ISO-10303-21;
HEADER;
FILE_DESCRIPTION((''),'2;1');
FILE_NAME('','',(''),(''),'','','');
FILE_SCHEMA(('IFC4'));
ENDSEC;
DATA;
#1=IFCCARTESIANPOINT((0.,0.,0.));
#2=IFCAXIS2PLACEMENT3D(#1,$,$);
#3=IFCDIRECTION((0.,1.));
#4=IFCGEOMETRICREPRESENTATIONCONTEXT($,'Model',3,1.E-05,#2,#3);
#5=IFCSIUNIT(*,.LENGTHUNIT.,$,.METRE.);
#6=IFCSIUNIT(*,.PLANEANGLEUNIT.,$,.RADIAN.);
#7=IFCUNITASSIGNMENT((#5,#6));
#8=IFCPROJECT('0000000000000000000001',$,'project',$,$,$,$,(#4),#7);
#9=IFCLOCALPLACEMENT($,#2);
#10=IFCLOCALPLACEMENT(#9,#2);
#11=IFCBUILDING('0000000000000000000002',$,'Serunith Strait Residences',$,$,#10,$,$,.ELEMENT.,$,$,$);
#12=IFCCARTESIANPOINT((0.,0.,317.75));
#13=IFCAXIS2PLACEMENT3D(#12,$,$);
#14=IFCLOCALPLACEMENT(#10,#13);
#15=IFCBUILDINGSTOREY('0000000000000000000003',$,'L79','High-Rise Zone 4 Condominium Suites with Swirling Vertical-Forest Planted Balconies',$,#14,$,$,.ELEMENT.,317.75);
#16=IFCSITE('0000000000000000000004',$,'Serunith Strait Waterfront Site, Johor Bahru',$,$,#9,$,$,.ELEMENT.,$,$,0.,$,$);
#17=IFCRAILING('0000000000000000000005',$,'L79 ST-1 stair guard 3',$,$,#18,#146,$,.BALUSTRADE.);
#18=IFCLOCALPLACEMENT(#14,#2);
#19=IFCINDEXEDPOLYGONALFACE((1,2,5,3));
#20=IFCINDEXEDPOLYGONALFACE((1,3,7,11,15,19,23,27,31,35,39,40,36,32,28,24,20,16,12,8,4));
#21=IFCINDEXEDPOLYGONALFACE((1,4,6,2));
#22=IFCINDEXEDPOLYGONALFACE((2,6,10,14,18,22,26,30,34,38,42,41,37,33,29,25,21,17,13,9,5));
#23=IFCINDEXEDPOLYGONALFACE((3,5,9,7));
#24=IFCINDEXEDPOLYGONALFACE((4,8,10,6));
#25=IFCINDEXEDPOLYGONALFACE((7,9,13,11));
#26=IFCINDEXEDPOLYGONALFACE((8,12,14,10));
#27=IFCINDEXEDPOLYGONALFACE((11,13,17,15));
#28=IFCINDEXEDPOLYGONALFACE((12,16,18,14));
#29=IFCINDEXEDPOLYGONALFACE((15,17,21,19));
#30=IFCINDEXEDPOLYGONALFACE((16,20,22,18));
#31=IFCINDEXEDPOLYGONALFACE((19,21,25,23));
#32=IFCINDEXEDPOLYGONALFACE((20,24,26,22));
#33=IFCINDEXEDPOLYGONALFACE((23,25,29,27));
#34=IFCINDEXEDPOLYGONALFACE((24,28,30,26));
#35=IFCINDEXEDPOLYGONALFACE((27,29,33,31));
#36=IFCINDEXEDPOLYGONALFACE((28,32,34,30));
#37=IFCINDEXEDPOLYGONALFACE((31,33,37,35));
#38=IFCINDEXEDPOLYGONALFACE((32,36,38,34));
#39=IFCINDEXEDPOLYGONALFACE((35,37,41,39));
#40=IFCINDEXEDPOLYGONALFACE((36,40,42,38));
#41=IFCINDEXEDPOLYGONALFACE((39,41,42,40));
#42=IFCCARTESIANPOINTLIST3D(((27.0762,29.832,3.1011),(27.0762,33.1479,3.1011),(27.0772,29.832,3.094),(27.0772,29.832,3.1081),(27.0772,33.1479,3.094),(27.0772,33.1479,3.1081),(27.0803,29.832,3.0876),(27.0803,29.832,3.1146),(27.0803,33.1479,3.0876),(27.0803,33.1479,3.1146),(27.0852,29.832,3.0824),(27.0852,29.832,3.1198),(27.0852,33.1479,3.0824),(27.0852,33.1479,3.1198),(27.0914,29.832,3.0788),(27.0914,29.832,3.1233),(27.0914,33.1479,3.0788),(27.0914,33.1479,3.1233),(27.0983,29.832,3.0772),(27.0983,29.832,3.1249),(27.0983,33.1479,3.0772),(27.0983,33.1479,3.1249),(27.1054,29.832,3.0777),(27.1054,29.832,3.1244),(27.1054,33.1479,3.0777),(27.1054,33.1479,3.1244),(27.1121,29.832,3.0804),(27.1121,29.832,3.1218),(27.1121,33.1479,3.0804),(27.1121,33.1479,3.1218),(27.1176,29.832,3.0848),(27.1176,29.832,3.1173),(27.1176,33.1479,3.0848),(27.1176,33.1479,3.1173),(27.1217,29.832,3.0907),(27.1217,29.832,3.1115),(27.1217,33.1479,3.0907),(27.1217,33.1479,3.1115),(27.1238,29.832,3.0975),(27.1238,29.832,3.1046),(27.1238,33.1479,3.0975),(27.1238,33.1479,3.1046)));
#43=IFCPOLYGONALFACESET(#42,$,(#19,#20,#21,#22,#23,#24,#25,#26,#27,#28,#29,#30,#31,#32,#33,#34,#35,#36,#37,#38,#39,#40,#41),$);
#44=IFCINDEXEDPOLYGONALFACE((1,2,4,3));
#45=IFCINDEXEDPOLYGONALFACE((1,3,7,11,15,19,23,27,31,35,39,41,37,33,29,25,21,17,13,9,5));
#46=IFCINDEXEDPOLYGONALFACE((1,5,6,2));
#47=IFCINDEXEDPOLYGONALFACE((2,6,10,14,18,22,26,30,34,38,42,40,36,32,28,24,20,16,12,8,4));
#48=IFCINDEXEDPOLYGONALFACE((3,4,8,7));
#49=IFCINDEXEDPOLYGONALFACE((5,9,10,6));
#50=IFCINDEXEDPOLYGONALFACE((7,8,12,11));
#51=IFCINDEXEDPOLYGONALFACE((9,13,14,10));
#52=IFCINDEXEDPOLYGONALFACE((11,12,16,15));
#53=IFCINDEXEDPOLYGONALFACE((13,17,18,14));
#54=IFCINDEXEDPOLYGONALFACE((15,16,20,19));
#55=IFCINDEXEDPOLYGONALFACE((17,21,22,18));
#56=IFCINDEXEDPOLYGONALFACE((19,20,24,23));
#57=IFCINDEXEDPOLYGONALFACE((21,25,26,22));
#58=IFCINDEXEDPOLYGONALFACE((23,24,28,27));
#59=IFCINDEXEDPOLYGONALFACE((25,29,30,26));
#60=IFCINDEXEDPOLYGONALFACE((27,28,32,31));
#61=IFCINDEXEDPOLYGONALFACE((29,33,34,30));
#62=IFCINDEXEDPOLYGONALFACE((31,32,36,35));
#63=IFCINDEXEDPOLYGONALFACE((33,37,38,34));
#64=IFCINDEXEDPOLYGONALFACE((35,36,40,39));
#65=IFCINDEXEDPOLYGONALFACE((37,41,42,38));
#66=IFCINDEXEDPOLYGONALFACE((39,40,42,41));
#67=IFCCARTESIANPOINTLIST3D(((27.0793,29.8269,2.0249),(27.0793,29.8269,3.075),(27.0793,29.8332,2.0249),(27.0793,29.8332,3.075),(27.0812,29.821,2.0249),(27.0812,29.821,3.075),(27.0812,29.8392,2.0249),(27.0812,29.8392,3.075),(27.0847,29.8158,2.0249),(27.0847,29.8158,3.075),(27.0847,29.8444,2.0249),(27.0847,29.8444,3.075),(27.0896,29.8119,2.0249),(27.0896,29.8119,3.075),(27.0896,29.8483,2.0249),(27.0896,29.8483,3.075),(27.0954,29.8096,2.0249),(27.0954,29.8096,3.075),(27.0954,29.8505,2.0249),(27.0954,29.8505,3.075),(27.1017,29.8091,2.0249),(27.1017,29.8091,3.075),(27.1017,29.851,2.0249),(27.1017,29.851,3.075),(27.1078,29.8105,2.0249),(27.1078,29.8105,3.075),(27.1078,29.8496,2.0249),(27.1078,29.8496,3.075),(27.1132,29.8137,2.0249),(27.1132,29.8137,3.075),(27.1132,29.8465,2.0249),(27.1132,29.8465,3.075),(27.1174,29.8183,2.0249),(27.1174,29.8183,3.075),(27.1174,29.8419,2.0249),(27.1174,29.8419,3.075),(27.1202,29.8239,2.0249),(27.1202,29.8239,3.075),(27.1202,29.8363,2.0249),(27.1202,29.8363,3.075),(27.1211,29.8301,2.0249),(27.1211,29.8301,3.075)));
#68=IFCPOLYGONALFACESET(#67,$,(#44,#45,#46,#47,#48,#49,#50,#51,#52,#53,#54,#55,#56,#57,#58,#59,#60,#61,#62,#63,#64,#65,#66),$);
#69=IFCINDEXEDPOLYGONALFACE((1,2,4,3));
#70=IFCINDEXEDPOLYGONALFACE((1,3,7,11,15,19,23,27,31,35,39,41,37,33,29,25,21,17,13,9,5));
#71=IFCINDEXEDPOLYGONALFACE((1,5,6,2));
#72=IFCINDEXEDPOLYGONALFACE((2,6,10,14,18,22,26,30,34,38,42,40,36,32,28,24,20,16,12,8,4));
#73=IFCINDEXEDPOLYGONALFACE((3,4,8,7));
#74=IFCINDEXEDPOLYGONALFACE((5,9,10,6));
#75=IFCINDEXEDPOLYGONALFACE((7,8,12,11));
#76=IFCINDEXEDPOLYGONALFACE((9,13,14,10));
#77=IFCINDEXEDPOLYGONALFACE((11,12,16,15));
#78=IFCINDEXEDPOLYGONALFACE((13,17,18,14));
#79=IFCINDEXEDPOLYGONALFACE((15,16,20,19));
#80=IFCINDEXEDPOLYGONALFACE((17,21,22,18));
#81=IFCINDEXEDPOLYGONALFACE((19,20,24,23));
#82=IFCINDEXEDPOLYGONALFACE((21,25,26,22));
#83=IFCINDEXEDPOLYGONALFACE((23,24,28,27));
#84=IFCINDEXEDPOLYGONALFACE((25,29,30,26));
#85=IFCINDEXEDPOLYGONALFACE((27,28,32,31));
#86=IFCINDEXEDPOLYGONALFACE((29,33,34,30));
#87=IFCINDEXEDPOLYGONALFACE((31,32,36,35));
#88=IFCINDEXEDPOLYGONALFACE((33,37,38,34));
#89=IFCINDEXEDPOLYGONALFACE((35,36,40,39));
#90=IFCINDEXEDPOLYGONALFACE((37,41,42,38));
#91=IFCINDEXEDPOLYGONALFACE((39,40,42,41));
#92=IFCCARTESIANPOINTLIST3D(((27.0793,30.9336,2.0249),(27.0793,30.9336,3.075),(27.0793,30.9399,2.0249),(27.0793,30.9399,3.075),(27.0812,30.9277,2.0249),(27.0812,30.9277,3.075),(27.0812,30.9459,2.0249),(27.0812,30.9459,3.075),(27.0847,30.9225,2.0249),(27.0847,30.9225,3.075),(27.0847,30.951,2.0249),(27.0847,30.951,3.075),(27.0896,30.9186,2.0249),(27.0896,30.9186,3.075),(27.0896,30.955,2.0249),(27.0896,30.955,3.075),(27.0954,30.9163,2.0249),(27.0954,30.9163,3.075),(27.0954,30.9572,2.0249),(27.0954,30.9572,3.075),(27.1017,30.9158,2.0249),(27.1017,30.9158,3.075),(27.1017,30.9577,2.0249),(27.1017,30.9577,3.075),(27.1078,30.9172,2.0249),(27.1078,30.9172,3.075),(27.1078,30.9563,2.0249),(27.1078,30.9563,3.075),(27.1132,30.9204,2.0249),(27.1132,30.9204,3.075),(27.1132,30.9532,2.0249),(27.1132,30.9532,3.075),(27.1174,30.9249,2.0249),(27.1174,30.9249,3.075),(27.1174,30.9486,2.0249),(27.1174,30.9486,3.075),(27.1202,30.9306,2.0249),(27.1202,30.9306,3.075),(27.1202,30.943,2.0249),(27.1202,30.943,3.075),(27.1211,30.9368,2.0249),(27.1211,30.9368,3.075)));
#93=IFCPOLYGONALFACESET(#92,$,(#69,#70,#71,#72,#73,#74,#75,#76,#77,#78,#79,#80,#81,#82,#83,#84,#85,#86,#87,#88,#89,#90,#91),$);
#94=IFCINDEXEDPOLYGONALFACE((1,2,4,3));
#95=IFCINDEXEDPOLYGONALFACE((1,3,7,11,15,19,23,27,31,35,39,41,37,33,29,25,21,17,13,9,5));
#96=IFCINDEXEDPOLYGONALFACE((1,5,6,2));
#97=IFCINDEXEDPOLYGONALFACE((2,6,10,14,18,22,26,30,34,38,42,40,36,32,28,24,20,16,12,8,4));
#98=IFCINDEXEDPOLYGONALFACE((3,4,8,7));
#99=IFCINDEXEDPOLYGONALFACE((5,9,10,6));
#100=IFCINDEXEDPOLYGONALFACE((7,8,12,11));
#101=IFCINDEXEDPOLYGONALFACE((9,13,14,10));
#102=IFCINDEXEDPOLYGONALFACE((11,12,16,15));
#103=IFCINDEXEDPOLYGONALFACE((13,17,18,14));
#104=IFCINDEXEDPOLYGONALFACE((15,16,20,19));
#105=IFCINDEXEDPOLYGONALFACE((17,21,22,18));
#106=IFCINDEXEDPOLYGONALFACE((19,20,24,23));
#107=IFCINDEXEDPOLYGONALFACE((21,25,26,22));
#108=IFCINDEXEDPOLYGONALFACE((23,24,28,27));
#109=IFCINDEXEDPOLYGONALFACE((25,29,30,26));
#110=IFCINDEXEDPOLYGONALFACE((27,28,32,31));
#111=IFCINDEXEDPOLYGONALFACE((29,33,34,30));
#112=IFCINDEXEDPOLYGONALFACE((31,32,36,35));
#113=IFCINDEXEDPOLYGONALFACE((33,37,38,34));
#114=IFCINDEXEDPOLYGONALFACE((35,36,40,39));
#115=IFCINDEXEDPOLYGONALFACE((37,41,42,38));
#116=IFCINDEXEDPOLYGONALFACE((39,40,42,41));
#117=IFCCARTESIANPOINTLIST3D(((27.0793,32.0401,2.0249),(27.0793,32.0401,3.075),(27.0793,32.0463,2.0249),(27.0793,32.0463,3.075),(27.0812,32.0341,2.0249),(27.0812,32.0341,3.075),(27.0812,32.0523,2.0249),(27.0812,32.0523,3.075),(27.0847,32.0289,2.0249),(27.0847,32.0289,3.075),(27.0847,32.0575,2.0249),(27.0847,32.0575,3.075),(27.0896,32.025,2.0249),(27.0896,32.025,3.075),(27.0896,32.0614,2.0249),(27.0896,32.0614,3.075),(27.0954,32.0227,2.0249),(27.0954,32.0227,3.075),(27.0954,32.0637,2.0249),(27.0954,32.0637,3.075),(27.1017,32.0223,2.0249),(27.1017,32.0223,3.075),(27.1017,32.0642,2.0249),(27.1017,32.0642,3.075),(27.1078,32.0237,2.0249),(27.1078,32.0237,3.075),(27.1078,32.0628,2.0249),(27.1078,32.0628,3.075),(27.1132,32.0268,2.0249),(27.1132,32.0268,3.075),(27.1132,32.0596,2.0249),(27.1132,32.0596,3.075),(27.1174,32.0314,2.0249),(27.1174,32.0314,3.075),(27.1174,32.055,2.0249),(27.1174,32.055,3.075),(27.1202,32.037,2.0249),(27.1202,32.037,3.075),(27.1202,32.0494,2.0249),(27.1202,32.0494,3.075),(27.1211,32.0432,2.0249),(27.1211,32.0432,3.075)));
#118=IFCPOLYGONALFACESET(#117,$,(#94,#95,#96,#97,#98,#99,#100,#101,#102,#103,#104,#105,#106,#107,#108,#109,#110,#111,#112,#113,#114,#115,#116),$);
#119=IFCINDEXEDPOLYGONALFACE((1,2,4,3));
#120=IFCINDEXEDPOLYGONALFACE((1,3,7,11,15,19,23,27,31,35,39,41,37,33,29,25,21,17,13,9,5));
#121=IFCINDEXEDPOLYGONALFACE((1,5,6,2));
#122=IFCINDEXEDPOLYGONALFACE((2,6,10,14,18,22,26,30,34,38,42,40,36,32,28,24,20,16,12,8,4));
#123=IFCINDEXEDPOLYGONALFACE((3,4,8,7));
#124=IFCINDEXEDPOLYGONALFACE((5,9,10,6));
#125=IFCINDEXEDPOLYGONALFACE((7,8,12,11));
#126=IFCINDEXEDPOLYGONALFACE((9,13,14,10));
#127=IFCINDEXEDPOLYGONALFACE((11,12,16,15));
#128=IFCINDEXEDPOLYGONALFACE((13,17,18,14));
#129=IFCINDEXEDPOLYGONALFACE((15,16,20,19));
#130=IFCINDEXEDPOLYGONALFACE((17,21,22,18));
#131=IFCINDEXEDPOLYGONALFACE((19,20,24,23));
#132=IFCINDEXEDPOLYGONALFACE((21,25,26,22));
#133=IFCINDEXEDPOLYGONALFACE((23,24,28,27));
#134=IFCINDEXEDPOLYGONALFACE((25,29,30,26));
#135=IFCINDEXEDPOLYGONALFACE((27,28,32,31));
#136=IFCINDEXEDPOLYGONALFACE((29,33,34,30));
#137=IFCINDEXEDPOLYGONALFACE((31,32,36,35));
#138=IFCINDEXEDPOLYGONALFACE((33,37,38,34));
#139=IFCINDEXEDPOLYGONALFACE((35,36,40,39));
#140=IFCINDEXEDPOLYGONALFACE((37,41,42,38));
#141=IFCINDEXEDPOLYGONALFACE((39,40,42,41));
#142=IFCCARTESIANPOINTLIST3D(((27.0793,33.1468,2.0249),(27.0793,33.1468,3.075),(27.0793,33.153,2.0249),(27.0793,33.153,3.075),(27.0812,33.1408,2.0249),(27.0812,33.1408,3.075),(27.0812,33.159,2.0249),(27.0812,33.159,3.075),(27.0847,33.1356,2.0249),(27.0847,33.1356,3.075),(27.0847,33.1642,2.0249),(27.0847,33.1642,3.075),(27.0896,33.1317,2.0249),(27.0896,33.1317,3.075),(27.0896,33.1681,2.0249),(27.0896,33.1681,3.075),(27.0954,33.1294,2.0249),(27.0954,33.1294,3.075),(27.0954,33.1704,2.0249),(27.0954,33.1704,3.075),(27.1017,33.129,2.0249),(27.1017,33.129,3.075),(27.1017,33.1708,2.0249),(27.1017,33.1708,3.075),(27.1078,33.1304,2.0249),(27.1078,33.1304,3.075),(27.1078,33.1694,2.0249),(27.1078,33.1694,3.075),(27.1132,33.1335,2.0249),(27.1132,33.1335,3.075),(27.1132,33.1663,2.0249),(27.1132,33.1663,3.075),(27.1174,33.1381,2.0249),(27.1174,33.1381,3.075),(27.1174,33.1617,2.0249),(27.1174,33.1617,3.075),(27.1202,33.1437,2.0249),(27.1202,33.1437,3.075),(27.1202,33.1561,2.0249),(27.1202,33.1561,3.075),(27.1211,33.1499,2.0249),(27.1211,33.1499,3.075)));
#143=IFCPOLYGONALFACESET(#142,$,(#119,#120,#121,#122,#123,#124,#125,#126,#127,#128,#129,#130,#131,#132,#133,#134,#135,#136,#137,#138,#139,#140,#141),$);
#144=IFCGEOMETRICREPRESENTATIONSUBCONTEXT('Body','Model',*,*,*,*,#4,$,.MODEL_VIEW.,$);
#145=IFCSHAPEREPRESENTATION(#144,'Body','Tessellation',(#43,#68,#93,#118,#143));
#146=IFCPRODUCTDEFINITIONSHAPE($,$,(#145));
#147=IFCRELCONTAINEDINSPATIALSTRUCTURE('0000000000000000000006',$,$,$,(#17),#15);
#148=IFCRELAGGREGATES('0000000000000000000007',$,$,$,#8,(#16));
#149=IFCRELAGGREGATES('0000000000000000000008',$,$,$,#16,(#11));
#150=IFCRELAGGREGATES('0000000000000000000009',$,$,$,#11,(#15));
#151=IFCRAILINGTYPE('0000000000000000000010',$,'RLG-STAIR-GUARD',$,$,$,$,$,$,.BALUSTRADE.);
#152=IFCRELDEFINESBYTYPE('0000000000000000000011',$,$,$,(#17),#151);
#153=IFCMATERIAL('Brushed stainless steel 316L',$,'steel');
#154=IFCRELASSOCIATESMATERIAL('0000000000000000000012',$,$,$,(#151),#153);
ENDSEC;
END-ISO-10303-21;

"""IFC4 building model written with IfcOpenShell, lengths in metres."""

from ifc_helpers import new_model, si_unit, direction, frame, origin, origin_2d, place, context, subcontext, project, spatial, circle, extrude, material, type_object, element, save


model = new_model("IFC4")

# Units and contexts
model_context = context("Model", 3, precision=1e-05, world=origin(), true_north=direction((0.0, 1.0)))
body_context = subcontext(model_context, "Body", "Model", "MODEL_VIEW")
ifc_project = project(units=[si_unit("LENGTHUNIT", "METRE"), si_unit("PLANEANGLEUNIT", "RADIAN")], contexts=[model_context])

# Site, building, storey
site_placement = place(None, origin())
site = spatial("IfcSite", under=ifc_project, at=site_placement, Name="Serunith Strait Waterfront Site, Johor Bahru", CompositionType="ELEMENT", RefElevation=0.0)
building_placement = place(site_placement, origin())
building = spatial("IfcBuilding", under=site, at=building_placement, Name="Serunith Strait Residences", CompositionType="ELEMENT")
storey_placement = place(building_placement, frame((0.0, 0.0, 317.75)))
storey = spatial("IfcBuildingStorey", under=building, at=storey_placement, Name="L79", Description="High-Rise Zone 4 Condominium Suites with Swirling Vertical-Forest Planted Balconies", CompositionType="ELEMENT", Elevation=317.75)

# Railing
ifc_material_1 = material(Name="Brushed stainless steel 316L", Category="steel")
railing_type_1 = type_object("IfcRailingType", Name="RLG-STAIR-GUARD", PredefinedType="BALUSTRADE", material=ifc_material_1)
for number, where, name in (
    (1, (27.1001, 29.8301, 2.0249), "L79 ST-1 stair guard 3"),
):
    element("IfcRailing", number, at=place(storey_placement, frame(where)), inside=storey, type_object=railing_type_1, Name=name, PredefinedType="BALUSTRADE", context=body_context, shape_type="SweptSolid", body=[
        extrude(circle(Radius=0.0239, at=origin_2d()), frame((0.0, 0.002, 1.0762), z_axis=(0.0, 1.0, 0.0), x_axis=(-1.0, 0.0, 0.0)), (0.0, 0.0, 1.0), 3.3159),
        extrude(circle(Radius=0.021, at=origin_2d()), origin(), (0.0, 0.0, 1.0), 1.05),
        extrude(circle(Radius=0.021, at=origin_2d()), frame((0.0, 1.1067, 0.0)), (0.0, 0.0, 1.0), 1.05),
        extrude(circle(Radius=0.021, at=origin_2d()), frame((0.0, 2.2131, 0.0)), (0.0, 0.0, 1.0), 1.05),
        extrude(circle(Radius=0.021, at=origin_2d()), frame((0.0, 3.3198, 0.0)), (0.0, 0.0, 1.0), 1.05),
    ])

save(model, "model.ifc")
